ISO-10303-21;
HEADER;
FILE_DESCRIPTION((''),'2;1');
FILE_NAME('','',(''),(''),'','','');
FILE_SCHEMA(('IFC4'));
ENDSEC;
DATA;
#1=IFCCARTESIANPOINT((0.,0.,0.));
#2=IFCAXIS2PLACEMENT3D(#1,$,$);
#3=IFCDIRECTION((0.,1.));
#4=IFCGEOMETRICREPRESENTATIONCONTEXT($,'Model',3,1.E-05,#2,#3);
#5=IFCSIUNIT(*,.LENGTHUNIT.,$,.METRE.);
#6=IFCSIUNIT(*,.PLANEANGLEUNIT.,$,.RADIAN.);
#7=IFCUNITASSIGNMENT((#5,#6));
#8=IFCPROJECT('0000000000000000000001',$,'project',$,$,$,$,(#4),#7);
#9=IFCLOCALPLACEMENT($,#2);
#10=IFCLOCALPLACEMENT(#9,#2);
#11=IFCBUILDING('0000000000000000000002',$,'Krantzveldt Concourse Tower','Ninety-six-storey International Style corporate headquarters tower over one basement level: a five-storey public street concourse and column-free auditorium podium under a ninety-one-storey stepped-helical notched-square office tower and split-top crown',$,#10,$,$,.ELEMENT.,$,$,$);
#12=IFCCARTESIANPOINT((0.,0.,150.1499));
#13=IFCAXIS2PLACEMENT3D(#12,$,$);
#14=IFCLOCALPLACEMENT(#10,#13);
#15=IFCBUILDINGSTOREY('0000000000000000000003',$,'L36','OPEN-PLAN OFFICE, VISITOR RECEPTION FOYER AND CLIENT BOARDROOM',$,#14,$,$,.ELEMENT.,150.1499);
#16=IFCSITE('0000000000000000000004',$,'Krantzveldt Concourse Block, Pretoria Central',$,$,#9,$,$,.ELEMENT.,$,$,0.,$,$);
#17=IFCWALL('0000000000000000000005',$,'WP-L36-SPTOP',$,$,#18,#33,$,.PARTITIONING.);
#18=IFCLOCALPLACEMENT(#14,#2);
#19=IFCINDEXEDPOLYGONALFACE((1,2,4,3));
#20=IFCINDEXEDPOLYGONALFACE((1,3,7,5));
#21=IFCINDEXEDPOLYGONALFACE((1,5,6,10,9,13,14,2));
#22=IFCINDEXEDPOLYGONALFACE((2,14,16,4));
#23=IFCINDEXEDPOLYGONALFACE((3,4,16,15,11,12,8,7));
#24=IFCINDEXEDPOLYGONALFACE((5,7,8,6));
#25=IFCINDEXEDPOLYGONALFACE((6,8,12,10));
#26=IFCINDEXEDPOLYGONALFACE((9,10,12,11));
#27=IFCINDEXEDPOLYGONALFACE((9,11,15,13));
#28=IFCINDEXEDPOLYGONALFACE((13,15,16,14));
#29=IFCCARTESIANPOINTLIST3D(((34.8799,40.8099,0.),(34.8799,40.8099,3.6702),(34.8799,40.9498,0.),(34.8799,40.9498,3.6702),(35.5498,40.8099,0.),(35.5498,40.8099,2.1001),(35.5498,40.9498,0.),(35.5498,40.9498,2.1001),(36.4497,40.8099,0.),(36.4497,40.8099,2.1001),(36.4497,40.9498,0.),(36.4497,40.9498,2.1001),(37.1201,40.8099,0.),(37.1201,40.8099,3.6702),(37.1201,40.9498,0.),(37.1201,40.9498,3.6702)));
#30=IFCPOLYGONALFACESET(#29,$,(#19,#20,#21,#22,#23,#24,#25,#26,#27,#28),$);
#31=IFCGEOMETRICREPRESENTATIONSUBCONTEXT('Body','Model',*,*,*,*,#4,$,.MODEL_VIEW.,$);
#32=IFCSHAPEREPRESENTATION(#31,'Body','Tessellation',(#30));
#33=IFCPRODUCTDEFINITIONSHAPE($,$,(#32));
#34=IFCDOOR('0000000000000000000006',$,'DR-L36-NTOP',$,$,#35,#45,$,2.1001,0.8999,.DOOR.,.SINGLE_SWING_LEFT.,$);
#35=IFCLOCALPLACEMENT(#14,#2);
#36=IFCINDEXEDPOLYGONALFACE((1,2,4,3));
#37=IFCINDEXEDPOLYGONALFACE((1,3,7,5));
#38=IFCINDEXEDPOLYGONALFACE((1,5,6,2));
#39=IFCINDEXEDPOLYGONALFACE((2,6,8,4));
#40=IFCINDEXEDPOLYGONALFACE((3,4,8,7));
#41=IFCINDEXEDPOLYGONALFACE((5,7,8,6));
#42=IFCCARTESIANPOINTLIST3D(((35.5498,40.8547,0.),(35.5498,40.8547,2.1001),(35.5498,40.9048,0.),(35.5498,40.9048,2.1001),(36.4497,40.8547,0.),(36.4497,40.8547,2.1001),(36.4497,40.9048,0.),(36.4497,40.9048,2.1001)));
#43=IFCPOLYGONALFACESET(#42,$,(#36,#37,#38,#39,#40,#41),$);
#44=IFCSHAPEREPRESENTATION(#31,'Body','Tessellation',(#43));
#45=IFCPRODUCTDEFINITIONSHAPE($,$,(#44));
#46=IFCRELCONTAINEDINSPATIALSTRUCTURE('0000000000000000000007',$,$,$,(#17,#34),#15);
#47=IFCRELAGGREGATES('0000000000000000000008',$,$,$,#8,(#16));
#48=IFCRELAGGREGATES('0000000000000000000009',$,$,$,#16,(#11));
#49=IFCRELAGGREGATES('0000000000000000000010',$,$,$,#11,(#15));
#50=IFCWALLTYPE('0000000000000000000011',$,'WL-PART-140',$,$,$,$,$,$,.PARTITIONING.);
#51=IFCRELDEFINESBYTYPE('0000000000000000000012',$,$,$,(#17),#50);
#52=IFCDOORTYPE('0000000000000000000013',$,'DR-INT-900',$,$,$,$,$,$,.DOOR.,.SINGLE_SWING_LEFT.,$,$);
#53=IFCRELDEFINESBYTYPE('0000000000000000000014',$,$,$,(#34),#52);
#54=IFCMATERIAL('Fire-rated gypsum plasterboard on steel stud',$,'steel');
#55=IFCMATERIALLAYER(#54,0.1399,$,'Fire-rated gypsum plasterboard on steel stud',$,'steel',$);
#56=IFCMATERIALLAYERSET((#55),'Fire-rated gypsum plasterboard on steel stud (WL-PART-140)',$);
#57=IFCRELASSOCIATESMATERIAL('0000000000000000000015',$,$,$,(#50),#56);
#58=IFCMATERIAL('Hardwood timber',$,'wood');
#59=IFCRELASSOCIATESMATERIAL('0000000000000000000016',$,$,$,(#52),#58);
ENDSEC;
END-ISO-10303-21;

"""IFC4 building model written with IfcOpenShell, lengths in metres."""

from ifc_helpers import new_model, si_unit, direction, frame, frame_2d, origin, place, context, subcontext, project, spatial, rectangle, extrude, material, layer, layer_set, type_object, element, fill, save


model = new_model("IFC4")

# Units and contexts
model_context = context("Model", 3, precision=1e-05, world=origin(), true_north=direction((0.0, 1.0)))
body_context = subcontext(model_context, "Body", "Model", "MODEL_VIEW")
ifc_project = project(units=[si_unit("LENGTHUNIT", "METRE"), si_unit("PLANEANGLEUNIT", "RADIAN")], contexts=[model_context])

# Site, building, storey
site_placement = place(None, origin())
site = spatial("IfcSite", under=ifc_project, at=site_placement, Name="Krantzveldt Concourse Block, Pretoria Central", CompositionType="ELEMENT", RefElevation=0.0)
building_placement = place(site_placement, origin())
building = spatial("IfcBuilding", under=site, at=building_placement, Name="Krantzveldt Concourse Tower", Description="Ninety-six-storey International Style corporate headquarters tower over one basement level: a five-storey public street concourse and column-free auditorium podium under a ninety-one-storey stepped-helical notched-square office tower and split-top crown", CompositionType="ELEMENT")
storey_placement = place(building_placement, frame((0.0, 0.0, 150.1499)))
storey = spatial("IfcBuildingStorey", under=building, at=storey_placement, Name="L36", Description="OPEN-PLAN OFFICE, VISITOR RECEPTION FOYER AND CLIENT BOARDROOM", CompositionType="ELEMENT", Elevation=150.1499)

# Shared definitions
ifc_material_1 = material(Name="Fire-rated gypsum plasterboard on steel stud", Category="steel")

# Wall, opening, door
ifc_layer_1 = layer(ifc_material_1, 0.1399, Name="Fire-rated gypsum plasterboard on steel stud", Category="steel")
ifc_layer_set_1 = layer_set([ifc_layer_1], Name="Fire-rated gypsum plasterboard on steel stud (WL-PART-140)")
wall_type_1 = type_object("IfcWallType", Name="WL-PART-140", PredefinedType="PARTITIONING", material=ifc_layer_set_1)
wall_1_placement = place(storey_placement, frame((34.8799, 40.8799, 0.0), z_axis=(0.0, 0.0, 1.0), x_axis=(1.0, 0.0, 0.0)))
wall_1 = element("IfcWall", 1, at=wall_1_placement, inside=storey, type_object=wall_type_1, Name="WP-L36-SPTOP", PredefinedType="PARTITIONING", context=body_context, shape_type="SweptSolid", body=[
    extrude(rectangle(XDim=2.2402, YDim=0.1399, at=frame_2d((1.1201, 0.0))), origin(), (0.0, 0.0, 1.0), 3.6702),
])
opening_placement = place(wall_1_placement, frame((0.6699, 0.0, 0.0)))
opening = element("IfcOpeningElement", 2, at=opening_placement, cuts=wall_1, PredefinedType="OPENING", context=body_context, shape_type="SweptSolid", body=[
    extrude(rectangle(XDim=0.8999, YDim=2.1001, at=frame_2d((0.45, 1.05))), frame((0.0, 0.0801, 0.0), z_axis=(0.0, -1.0, 0.0), x_axis=(1.0, 0.0, 0.0)), (0.0, 0.0, 1.0), 0.1599),
])
ifc_material_2 = material(Name="Hardwood timber", Category="wood")
door_type = type_object("IfcDoorType", Name="DR-INT-900", OperationType="SINGLE_SWING_LEFT", PredefinedType="DOOR", material=ifc_material_2)
door_placement = place(opening_placement, origin())
door = element("IfcDoor", 3, at=door_placement, inside=storey, type_object=door_type, Name="DR-L36-NTOP", OperationType="SINGLE_SWING_LEFT", OverallHeight=2.1001, OverallWidth=0.8999, PredefinedType="DOOR", context=body_context, shape_type="SweptSolid", body=[
    extrude(rectangle(XDim=0.8999, YDim=2.1001, at=frame_2d((0.45, 1.05))), frame((0.0, 0.0249, 0.0), z_axis=(0.0, -1.0, 0.0), x_axis=(1.0, 0.0, 0.0)), (0.0, 0.0, 1.0), 0.05),
])
fill(opening, door)

save(model, "model.ifc")
